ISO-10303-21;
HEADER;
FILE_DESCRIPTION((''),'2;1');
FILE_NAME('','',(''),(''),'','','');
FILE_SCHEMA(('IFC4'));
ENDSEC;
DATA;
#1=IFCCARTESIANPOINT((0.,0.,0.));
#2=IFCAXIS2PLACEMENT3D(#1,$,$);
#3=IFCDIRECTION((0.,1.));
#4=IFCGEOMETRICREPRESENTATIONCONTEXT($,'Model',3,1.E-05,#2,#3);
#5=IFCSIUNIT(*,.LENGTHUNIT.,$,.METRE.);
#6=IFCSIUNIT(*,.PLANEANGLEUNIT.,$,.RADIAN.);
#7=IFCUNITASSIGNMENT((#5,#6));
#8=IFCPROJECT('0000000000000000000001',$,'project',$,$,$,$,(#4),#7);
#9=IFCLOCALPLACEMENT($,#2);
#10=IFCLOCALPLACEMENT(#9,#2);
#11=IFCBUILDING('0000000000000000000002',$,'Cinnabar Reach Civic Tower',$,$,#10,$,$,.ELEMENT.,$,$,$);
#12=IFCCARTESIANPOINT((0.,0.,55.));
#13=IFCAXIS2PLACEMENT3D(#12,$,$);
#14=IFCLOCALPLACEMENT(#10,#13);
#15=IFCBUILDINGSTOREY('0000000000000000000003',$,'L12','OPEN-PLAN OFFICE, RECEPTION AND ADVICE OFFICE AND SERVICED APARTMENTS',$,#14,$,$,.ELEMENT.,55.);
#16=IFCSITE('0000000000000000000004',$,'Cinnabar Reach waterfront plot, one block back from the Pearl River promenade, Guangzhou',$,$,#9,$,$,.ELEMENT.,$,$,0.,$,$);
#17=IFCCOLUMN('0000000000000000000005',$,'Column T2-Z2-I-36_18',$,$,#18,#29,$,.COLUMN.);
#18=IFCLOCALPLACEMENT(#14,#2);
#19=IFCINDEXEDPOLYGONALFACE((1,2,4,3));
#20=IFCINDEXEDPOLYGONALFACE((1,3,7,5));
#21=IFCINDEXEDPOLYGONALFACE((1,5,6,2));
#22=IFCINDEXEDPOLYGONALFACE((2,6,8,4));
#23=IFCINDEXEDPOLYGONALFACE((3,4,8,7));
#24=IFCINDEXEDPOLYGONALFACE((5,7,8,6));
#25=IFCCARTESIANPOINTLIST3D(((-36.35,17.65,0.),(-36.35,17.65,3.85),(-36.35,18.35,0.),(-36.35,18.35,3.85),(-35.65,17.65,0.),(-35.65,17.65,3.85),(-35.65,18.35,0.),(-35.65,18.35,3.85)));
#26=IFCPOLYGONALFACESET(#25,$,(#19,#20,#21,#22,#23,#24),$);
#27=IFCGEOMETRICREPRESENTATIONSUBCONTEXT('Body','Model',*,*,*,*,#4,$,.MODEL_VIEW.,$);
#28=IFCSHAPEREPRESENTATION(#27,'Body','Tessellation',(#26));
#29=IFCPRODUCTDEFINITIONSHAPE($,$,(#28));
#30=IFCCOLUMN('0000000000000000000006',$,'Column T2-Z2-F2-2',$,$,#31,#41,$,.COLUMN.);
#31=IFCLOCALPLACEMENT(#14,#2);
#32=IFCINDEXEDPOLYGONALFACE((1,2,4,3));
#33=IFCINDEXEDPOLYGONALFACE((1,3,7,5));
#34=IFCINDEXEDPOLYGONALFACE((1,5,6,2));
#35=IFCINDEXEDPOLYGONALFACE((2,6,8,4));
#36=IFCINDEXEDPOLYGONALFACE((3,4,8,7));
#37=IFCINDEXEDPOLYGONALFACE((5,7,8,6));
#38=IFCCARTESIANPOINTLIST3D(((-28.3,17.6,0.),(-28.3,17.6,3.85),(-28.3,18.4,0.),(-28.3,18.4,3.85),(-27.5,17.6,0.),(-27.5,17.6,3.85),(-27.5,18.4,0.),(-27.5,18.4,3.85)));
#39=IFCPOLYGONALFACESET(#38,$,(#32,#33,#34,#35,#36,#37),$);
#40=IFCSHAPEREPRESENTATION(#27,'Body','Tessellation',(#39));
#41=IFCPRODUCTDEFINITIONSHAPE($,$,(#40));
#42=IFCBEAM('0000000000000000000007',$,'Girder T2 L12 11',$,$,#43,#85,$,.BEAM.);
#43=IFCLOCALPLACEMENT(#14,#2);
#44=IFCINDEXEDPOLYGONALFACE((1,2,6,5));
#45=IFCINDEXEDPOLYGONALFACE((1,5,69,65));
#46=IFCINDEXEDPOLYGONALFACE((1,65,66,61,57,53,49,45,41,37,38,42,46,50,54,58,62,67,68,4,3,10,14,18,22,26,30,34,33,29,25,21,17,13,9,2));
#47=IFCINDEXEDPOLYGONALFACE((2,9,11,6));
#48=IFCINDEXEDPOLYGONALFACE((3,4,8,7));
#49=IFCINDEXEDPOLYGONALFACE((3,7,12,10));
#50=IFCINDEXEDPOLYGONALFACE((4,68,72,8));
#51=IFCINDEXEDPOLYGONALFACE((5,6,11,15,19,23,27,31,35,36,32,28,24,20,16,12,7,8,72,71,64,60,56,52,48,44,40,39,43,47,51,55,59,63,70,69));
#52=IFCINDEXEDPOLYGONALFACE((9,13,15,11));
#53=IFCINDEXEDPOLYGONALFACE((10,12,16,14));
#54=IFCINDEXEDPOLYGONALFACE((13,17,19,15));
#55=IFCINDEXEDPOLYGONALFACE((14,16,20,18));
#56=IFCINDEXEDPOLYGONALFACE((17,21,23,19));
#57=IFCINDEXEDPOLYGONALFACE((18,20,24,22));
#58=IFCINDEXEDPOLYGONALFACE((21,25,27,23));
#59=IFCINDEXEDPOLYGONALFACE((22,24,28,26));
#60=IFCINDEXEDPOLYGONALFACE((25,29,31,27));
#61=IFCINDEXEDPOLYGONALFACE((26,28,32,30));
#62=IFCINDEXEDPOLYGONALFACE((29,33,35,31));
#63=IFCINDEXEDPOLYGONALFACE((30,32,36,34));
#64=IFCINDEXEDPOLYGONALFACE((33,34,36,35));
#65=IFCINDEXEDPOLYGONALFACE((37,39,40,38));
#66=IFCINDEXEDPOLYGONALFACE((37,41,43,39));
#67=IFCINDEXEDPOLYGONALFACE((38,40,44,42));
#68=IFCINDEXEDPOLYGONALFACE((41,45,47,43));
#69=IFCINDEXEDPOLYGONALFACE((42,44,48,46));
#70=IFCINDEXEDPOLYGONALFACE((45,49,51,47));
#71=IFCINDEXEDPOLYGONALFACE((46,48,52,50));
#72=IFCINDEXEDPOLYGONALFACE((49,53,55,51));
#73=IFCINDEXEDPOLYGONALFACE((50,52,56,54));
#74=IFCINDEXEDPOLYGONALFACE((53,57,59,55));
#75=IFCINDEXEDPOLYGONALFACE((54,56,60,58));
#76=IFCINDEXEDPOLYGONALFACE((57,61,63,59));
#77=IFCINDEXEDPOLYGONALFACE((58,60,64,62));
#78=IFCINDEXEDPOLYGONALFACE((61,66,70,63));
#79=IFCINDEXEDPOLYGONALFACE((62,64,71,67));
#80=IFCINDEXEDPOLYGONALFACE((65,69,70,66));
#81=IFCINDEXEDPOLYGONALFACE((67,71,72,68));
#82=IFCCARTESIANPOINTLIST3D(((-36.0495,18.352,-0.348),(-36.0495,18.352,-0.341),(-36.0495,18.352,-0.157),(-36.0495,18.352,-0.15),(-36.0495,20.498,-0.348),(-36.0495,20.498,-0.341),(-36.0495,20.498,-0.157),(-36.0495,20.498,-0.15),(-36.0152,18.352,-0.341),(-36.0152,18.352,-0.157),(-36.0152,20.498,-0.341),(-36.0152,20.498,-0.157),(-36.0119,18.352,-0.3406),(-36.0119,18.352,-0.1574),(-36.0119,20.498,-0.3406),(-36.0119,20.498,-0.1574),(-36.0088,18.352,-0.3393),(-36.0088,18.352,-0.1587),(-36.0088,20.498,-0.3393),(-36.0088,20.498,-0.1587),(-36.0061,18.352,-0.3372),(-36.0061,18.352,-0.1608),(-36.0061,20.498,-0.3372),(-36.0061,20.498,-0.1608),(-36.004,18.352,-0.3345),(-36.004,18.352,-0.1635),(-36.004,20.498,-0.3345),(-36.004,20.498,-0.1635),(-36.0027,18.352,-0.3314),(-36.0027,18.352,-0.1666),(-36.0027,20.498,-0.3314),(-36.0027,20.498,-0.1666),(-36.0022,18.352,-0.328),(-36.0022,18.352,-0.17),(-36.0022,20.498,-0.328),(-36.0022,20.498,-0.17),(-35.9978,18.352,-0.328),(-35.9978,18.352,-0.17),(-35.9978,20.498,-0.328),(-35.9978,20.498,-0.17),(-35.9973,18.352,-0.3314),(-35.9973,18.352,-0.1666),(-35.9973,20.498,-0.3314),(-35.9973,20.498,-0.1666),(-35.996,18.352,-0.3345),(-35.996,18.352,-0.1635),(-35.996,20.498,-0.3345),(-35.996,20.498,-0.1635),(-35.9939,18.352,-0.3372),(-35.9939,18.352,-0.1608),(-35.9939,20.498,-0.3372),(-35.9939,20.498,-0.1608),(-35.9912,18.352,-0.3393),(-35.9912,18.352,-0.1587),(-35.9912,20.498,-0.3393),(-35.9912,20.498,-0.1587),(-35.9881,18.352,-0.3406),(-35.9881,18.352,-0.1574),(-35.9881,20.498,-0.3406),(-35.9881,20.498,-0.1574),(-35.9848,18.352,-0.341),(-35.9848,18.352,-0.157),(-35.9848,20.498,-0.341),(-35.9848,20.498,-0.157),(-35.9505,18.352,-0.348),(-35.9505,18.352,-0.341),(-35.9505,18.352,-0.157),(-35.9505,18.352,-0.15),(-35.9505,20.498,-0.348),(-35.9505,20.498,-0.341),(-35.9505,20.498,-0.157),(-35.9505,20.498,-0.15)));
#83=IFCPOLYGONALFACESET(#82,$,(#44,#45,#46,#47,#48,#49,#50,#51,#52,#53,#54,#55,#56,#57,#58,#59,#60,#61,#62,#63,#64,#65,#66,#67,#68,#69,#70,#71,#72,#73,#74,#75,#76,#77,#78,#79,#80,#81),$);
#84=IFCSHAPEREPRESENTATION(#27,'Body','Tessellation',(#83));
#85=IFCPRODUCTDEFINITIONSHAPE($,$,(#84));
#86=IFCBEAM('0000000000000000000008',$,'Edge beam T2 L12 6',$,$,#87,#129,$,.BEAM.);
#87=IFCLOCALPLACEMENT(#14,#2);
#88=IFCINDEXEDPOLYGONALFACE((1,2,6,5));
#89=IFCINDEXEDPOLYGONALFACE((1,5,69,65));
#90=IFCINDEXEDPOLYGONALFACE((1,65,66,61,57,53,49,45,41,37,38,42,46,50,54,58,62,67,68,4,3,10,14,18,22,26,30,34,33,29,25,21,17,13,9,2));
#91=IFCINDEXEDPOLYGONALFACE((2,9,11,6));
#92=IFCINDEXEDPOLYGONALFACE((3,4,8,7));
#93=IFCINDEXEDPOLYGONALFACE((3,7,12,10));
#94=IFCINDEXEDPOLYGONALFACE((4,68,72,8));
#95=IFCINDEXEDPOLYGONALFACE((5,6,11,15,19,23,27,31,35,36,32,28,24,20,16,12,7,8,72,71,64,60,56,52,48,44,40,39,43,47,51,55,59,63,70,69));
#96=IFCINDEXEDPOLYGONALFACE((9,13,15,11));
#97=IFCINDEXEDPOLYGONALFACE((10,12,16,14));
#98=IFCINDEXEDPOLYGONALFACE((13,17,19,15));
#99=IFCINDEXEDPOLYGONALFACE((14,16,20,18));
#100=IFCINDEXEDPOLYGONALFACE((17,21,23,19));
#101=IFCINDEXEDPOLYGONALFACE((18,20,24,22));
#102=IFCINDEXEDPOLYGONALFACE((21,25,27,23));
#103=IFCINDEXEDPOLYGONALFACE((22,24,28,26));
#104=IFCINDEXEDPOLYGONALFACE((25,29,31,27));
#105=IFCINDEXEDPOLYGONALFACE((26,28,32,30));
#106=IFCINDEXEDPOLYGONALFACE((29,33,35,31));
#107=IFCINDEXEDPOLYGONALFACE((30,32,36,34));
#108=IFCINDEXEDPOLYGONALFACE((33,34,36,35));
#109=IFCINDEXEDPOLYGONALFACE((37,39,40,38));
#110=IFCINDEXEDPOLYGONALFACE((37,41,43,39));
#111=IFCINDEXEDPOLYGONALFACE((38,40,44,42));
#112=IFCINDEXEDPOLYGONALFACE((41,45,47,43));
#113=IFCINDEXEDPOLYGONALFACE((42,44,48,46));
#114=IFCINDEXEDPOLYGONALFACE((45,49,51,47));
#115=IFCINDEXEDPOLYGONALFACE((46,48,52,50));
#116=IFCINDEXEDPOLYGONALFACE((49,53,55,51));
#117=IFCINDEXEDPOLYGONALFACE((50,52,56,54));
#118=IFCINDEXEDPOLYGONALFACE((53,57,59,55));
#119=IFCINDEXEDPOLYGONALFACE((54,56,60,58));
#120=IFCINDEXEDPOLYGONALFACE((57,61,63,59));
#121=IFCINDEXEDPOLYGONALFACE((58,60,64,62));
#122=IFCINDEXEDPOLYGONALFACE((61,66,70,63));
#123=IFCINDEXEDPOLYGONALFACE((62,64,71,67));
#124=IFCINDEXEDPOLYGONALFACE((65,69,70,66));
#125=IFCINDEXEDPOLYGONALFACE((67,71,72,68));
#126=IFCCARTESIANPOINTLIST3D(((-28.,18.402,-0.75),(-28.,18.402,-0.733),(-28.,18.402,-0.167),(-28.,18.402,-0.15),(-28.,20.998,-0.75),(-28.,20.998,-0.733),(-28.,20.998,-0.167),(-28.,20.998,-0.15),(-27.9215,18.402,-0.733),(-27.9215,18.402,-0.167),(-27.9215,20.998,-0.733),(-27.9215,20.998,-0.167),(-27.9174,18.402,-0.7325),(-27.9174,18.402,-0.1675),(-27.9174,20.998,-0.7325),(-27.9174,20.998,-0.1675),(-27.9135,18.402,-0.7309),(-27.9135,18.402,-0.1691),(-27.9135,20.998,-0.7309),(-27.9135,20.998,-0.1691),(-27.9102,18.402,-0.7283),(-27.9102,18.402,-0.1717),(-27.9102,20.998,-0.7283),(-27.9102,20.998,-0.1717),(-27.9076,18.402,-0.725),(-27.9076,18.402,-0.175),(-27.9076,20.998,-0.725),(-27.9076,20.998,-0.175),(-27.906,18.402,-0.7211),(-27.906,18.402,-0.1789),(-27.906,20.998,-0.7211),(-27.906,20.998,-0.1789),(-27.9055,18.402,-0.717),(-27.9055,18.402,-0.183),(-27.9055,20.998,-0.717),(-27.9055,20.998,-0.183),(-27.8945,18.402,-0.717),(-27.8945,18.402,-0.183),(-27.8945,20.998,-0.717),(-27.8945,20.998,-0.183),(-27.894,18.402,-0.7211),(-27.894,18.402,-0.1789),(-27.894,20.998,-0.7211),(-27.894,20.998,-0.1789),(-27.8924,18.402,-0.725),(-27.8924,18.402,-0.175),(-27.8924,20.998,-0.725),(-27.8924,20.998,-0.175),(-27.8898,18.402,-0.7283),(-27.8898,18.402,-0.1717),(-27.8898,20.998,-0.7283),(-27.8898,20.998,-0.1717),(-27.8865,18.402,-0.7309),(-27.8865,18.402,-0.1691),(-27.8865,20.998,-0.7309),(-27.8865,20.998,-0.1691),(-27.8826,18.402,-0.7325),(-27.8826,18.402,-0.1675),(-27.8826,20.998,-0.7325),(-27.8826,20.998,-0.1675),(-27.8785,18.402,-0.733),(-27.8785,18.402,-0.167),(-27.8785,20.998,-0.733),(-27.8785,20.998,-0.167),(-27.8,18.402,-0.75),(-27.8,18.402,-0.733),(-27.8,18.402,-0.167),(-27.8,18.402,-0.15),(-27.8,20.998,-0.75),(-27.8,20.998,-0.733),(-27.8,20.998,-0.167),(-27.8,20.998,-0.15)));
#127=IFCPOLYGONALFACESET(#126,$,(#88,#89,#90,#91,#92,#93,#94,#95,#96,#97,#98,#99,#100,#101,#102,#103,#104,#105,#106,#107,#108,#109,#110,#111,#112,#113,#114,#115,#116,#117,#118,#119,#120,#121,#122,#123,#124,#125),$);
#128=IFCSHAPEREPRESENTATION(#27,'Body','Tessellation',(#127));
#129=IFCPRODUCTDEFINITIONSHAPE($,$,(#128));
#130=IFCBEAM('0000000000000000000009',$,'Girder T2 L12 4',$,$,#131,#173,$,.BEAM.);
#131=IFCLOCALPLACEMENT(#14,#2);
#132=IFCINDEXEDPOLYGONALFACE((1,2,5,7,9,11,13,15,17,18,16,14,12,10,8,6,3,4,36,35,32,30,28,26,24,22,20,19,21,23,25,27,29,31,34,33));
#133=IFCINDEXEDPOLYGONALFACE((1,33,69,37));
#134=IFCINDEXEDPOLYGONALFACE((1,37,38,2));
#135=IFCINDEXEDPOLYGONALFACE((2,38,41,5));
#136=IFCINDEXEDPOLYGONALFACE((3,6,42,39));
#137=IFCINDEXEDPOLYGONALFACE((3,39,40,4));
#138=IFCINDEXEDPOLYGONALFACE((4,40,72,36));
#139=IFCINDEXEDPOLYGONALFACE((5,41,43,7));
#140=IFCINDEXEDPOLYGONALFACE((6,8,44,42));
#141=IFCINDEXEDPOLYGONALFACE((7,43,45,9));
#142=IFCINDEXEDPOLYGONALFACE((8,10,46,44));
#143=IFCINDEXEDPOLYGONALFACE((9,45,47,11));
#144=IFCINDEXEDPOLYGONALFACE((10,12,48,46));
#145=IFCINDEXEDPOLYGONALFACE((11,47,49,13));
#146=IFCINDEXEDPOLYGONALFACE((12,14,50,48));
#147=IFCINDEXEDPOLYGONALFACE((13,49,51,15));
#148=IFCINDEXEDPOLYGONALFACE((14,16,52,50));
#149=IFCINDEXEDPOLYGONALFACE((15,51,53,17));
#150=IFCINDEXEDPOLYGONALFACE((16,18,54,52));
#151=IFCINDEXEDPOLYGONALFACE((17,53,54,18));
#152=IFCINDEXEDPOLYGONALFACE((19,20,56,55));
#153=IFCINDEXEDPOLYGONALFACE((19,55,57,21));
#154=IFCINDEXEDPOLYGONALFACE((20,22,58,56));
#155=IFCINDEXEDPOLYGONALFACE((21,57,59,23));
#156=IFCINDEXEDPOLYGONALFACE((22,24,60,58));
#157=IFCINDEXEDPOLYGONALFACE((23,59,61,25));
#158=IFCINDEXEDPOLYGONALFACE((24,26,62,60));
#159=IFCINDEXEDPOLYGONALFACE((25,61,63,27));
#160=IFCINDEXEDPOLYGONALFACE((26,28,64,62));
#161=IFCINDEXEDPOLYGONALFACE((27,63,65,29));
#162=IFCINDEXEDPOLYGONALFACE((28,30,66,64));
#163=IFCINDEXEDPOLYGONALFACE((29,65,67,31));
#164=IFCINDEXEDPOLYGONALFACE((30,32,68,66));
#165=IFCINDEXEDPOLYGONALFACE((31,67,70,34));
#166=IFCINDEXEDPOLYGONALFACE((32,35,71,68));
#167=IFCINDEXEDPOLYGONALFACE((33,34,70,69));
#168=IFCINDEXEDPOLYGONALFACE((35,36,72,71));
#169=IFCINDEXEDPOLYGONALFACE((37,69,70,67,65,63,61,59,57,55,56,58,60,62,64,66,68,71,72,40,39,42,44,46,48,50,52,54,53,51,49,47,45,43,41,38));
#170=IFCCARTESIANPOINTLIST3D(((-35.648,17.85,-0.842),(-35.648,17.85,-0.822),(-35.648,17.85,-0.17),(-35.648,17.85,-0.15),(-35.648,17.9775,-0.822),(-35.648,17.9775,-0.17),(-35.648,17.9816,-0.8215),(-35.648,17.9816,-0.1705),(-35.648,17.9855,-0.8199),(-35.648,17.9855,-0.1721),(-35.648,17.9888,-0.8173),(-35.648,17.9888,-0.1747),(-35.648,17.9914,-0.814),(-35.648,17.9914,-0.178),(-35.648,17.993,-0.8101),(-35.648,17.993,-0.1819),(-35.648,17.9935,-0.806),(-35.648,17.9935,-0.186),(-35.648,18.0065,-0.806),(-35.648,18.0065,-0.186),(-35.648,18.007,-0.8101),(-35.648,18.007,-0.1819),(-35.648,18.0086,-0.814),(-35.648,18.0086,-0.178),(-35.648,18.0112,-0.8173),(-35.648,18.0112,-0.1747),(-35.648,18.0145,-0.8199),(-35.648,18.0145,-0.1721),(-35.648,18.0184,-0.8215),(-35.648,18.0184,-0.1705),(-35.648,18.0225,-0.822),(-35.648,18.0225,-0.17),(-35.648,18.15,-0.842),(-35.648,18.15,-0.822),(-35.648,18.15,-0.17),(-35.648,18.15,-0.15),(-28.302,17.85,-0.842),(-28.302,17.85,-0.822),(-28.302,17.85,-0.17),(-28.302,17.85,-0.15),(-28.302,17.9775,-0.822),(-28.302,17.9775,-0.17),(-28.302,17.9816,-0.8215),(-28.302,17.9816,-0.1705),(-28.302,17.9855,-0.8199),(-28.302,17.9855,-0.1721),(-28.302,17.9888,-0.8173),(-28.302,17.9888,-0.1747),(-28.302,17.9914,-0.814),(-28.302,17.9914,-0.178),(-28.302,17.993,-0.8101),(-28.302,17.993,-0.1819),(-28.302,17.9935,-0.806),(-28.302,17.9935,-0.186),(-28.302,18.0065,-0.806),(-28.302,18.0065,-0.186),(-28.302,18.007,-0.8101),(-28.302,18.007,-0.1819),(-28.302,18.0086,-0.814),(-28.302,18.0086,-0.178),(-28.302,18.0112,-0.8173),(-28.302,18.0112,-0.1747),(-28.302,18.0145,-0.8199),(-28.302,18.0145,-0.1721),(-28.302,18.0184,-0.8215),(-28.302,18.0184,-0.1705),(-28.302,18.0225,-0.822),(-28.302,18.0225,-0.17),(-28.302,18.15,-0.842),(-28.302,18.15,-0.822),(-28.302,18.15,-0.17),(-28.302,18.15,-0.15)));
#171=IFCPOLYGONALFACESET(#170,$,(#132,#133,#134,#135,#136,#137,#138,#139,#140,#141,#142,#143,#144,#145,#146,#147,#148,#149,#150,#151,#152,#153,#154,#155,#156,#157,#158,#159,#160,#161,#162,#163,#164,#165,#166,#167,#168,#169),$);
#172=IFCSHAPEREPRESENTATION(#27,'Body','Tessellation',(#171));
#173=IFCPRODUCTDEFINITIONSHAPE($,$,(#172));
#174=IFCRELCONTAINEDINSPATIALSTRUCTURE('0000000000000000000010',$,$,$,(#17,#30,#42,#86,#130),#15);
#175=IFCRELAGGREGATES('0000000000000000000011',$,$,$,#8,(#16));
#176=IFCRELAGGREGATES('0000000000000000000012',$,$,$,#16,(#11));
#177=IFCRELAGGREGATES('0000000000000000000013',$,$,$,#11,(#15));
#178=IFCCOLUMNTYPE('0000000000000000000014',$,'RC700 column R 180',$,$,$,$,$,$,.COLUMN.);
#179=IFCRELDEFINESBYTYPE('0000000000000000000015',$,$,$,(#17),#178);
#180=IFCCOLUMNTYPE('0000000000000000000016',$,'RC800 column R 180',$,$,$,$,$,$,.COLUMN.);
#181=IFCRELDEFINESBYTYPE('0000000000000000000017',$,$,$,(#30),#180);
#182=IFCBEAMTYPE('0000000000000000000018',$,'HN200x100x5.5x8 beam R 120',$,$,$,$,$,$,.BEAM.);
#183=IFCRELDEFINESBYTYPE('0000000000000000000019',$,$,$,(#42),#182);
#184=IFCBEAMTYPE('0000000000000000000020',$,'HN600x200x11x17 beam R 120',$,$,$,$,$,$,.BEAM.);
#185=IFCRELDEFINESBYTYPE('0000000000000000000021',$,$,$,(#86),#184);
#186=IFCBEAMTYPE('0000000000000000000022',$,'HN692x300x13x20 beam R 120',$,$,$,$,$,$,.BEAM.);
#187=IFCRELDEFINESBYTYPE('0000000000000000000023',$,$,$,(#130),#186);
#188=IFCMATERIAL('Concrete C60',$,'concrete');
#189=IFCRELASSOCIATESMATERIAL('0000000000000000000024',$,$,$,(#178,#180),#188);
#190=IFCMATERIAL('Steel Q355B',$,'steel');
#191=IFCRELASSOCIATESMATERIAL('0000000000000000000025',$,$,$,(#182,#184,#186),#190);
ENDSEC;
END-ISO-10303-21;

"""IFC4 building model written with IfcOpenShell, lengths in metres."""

from ifc_helpers import new_model, si_unit, direction, frame, origin, origin_2d, place, context, subcontext, project, spatial, rectangle, i_section, extrude, material, material_profile, profile_set, type_object, element, save


model = new_model("IFC4")

# Units and contexts
model_context = context("Model", 3, precision=1e-05, world=origin(), true_north=direction((0.0, 1.0)))
body_context = subcontext(model_context, "Body", "Model", "MODEL_VIEW")
ifc_project = project(units=[si_unit("LENGTHUNIT", "METRE"), si_unit("PLANEANGLEUNIT", "RADIAN")], contexts=[model_context])

# Site, building, storey
site_placement = place(None, origin())
site = spatial("IfcSite", under=ifc_project, at=site_placement, Name="Cinnabar Reach waterfront plot, one block back from the Pearl River promenade, Guangzhou", CompositionType="ELEMENT", RefElevation=0.0)
building_placement = place(site_placement, origin())
building = spatial("IfcBuilding", under=site, at=building_placement, Name="Cinnabar Reach Civic Tower", CompositionType="ELEMENT")
storey_placement = place(building_placement, frame((0.0, 0.0, 55.0)))
storey = spatial("IfcBuildingStorey", under=building, at=storey_placement, Name="L12", Description="OPEN-PLAN OFFICE, RECEPTION AND ADVICE OFFICE AND SERVICED APARTMENTS", CompositionType="ELEMENT", Elevation=55.0)

# Columns
ifc_material_1 = material(Name="Concrete C60", Category="concrete")
ifc_material_profile_1 = material_profile(ifc_material_1, rectangle(XDim=0.7, YDim=0.7, at=origin_2d()), Name="RC700")
ifc_profile_set_1 = profile_set([ifc_material_profile_1], Name="Concrete C60")
column_type_1 = type_object("IfcColumnType", Name="RC700 column R 180", PredefinedType="COLUMN", material=ifc_profile_set_1)
column_1_placement = place(storey_placement, frame((-36.0, 18.0, 0.0), z_axis=(0.0, 0.0, 1.0), x_axis=(1.0, 0.0, 0.0)))
element("IfcColumn", 1, at=column_1_placement, inside=storey, type_object=column_type_1, Name="Column T2-Z2-I-36_18", PredefinedType="COLUMN", context=body_context, shape_type="SweptSolid", body=[
    extrude(rectangle(XDim=0.7, YDim=0.7, at=origin_2d()), origin(), (0.0, 0.0, 1.0), 3.85),
])
ifc_material_profile_2 = material_profile(ifc_material_1, rectangle(XDim=0.8, YDim=0.8, at=origin_2d()), Name="RC800")
ifc_profile_set_2 = profile_set([ifc_material_profile_2], Name="Concrete C60")
column_type_2 = type_object("IfcColumnType", Name="RC800 column R 180", PredefinedType="COLUMN", material=ifc_profile_set_2)
column_2_placement = place(storey_placement, frame((-27.9, 18.0, 0.0), z_axis=(0.0, 0.0, 1.0), x_axis=(1.0, 0.0, 0.0)))
element("IfcColumn", 2, at=column_2_placement, inside=storey, type_object=column_type_2, Name="Column T2-Z2-F2-2", PredefinedType="COLUMN", context=body_context, shape_type="SweptSolid", body=[
    extrude(rectangle(XDim=0.8, YDim=0.8, at=origin_2d()), origin(), (0.0, 0.0, 1.0), 3.85),
])

# Beams
ifc_material_2 = material(Name="Steel Q355B", Category="steel")
ifc_material_profile_3 = material_profile(ifc_material_2, i_section(OverallWidth=0.099, OverallDepth=0.198, WebThickness=0.0045, FlangeThickness=0.007, FilletRadius=0.013, at=origin_2d()), Name="HN200x100x5.5x8")
ifc_profile_set_3 = profile_set([ifc_material_profile_3], Name="Steel Q355B")
beam_type_1 = type_object("IfcBeamType", Name="HN200x100x5.5x8 beam R 120", PredefinedType="BEAM", material=ifc_profile_set_3)
beam_1_placement = place(storey_placement, frame((-36.0, 18.352, -0.249), z_axis=(0.0, 1.0, 0.0), x_axis=(-1.0, 0.0, 0.0)))
element("IfcBeam", 3, at=beam_1_placement, inside=storey, type_object=beam_type_1, Name="Girder T2 L12 11", PredefinedType="BEAM", context=body_context, shape_type="SweptSolid", body=[
    extrude(i_section(OverallWidth=0.099, OverallDepth=0.198, WebThickness=0.0045, FlangeThickness=0.007, FilletRadius=0.013, at=origin_2d()), origin(), (0.0, 0.0, 1.0), 2.146),
])
ifc_material_profile_4 = material_profile(ifc_material_2, i_section(OverallWidth=0.2, OverallDepth=0.6, WebThickness=0.011, FlangeThickness=0.017, FilletRadius=0.016, at=origin_2d()), Name="HN600x200x11x17")
ifc_profile_set_4 = profile_set([ifc_material_profile_4], Name="Steel Q355B")
beam_type_2 = type_object("IfcBeamType", Name="HN600x200x11x17 beam R 120", PredefinedType="BEAM", material=ifc_profile_set_4)
beam_2_placement = place(storey_placement, frame((-27.9, 18.402, -0.45), z_axis=(0.0, 1.0, 0.0), x_axis=(-1.0, 0.0, 0.0)))
element("IfcBeam", 4, at=beam_2_placement, inside=storey, type_object=beam_type_2, Name="Edge beam T2 L12 6", PredefinedType="BEAM", context=body_context, shape_type="SweptSolid", body=[
    extrude(i_section(OverallWidth=0.2, OverallDepth=0.6, WebThickness=0.011, FlangeThickness=0.017, FilletRadius=0.016, at=origin_2d()), origin(), (0.0, 0.0, 1.0), 2.596),
])
ifc_material_profile_5 = material_profile(ifc_material_2, i_section(OverallWidth=0.3, OverallDepth=0.692, WebThickness=0.013, FlangeThickness=0.02, FilletRadius=0.016, at=origin_2d()), Name="HN692x300x13x20")
ifc_profile_set_5 = profile_set([ifc_material_profile_5], Name="Steel Q355B")
beam_type_3 = type_object("IfcBeamType", Name="HN692x300x13x20 beam R 120", PredefinedType="BEAM", material=ifc_profile_set_5)
beam_3_placement = place(storey_placement, frame((-35.648, 18.0, -0.496), z_axis=(1.0, 0.0, 0.0), x_axis=(0.0, 1.0, 0.0)))
element("IfcBeam", 5, at=beam_3_placement, inside=storey, type_object=beam_type_3, Name="Girder T2 L12 4", PredefinedType="BEAM", context=body_context, shape_type="SweptSolid", body=[
    extrude(i_section(OverallWidth=0.3, OverallDepth=0.692, WebThickness=0.013, FlangeThickness=0.02, FilletRadius=0.016, at=origin_2d()), origin(), (0.0, 0.0, 1.0), 7.346),
])

save(model, "model.ifc")
